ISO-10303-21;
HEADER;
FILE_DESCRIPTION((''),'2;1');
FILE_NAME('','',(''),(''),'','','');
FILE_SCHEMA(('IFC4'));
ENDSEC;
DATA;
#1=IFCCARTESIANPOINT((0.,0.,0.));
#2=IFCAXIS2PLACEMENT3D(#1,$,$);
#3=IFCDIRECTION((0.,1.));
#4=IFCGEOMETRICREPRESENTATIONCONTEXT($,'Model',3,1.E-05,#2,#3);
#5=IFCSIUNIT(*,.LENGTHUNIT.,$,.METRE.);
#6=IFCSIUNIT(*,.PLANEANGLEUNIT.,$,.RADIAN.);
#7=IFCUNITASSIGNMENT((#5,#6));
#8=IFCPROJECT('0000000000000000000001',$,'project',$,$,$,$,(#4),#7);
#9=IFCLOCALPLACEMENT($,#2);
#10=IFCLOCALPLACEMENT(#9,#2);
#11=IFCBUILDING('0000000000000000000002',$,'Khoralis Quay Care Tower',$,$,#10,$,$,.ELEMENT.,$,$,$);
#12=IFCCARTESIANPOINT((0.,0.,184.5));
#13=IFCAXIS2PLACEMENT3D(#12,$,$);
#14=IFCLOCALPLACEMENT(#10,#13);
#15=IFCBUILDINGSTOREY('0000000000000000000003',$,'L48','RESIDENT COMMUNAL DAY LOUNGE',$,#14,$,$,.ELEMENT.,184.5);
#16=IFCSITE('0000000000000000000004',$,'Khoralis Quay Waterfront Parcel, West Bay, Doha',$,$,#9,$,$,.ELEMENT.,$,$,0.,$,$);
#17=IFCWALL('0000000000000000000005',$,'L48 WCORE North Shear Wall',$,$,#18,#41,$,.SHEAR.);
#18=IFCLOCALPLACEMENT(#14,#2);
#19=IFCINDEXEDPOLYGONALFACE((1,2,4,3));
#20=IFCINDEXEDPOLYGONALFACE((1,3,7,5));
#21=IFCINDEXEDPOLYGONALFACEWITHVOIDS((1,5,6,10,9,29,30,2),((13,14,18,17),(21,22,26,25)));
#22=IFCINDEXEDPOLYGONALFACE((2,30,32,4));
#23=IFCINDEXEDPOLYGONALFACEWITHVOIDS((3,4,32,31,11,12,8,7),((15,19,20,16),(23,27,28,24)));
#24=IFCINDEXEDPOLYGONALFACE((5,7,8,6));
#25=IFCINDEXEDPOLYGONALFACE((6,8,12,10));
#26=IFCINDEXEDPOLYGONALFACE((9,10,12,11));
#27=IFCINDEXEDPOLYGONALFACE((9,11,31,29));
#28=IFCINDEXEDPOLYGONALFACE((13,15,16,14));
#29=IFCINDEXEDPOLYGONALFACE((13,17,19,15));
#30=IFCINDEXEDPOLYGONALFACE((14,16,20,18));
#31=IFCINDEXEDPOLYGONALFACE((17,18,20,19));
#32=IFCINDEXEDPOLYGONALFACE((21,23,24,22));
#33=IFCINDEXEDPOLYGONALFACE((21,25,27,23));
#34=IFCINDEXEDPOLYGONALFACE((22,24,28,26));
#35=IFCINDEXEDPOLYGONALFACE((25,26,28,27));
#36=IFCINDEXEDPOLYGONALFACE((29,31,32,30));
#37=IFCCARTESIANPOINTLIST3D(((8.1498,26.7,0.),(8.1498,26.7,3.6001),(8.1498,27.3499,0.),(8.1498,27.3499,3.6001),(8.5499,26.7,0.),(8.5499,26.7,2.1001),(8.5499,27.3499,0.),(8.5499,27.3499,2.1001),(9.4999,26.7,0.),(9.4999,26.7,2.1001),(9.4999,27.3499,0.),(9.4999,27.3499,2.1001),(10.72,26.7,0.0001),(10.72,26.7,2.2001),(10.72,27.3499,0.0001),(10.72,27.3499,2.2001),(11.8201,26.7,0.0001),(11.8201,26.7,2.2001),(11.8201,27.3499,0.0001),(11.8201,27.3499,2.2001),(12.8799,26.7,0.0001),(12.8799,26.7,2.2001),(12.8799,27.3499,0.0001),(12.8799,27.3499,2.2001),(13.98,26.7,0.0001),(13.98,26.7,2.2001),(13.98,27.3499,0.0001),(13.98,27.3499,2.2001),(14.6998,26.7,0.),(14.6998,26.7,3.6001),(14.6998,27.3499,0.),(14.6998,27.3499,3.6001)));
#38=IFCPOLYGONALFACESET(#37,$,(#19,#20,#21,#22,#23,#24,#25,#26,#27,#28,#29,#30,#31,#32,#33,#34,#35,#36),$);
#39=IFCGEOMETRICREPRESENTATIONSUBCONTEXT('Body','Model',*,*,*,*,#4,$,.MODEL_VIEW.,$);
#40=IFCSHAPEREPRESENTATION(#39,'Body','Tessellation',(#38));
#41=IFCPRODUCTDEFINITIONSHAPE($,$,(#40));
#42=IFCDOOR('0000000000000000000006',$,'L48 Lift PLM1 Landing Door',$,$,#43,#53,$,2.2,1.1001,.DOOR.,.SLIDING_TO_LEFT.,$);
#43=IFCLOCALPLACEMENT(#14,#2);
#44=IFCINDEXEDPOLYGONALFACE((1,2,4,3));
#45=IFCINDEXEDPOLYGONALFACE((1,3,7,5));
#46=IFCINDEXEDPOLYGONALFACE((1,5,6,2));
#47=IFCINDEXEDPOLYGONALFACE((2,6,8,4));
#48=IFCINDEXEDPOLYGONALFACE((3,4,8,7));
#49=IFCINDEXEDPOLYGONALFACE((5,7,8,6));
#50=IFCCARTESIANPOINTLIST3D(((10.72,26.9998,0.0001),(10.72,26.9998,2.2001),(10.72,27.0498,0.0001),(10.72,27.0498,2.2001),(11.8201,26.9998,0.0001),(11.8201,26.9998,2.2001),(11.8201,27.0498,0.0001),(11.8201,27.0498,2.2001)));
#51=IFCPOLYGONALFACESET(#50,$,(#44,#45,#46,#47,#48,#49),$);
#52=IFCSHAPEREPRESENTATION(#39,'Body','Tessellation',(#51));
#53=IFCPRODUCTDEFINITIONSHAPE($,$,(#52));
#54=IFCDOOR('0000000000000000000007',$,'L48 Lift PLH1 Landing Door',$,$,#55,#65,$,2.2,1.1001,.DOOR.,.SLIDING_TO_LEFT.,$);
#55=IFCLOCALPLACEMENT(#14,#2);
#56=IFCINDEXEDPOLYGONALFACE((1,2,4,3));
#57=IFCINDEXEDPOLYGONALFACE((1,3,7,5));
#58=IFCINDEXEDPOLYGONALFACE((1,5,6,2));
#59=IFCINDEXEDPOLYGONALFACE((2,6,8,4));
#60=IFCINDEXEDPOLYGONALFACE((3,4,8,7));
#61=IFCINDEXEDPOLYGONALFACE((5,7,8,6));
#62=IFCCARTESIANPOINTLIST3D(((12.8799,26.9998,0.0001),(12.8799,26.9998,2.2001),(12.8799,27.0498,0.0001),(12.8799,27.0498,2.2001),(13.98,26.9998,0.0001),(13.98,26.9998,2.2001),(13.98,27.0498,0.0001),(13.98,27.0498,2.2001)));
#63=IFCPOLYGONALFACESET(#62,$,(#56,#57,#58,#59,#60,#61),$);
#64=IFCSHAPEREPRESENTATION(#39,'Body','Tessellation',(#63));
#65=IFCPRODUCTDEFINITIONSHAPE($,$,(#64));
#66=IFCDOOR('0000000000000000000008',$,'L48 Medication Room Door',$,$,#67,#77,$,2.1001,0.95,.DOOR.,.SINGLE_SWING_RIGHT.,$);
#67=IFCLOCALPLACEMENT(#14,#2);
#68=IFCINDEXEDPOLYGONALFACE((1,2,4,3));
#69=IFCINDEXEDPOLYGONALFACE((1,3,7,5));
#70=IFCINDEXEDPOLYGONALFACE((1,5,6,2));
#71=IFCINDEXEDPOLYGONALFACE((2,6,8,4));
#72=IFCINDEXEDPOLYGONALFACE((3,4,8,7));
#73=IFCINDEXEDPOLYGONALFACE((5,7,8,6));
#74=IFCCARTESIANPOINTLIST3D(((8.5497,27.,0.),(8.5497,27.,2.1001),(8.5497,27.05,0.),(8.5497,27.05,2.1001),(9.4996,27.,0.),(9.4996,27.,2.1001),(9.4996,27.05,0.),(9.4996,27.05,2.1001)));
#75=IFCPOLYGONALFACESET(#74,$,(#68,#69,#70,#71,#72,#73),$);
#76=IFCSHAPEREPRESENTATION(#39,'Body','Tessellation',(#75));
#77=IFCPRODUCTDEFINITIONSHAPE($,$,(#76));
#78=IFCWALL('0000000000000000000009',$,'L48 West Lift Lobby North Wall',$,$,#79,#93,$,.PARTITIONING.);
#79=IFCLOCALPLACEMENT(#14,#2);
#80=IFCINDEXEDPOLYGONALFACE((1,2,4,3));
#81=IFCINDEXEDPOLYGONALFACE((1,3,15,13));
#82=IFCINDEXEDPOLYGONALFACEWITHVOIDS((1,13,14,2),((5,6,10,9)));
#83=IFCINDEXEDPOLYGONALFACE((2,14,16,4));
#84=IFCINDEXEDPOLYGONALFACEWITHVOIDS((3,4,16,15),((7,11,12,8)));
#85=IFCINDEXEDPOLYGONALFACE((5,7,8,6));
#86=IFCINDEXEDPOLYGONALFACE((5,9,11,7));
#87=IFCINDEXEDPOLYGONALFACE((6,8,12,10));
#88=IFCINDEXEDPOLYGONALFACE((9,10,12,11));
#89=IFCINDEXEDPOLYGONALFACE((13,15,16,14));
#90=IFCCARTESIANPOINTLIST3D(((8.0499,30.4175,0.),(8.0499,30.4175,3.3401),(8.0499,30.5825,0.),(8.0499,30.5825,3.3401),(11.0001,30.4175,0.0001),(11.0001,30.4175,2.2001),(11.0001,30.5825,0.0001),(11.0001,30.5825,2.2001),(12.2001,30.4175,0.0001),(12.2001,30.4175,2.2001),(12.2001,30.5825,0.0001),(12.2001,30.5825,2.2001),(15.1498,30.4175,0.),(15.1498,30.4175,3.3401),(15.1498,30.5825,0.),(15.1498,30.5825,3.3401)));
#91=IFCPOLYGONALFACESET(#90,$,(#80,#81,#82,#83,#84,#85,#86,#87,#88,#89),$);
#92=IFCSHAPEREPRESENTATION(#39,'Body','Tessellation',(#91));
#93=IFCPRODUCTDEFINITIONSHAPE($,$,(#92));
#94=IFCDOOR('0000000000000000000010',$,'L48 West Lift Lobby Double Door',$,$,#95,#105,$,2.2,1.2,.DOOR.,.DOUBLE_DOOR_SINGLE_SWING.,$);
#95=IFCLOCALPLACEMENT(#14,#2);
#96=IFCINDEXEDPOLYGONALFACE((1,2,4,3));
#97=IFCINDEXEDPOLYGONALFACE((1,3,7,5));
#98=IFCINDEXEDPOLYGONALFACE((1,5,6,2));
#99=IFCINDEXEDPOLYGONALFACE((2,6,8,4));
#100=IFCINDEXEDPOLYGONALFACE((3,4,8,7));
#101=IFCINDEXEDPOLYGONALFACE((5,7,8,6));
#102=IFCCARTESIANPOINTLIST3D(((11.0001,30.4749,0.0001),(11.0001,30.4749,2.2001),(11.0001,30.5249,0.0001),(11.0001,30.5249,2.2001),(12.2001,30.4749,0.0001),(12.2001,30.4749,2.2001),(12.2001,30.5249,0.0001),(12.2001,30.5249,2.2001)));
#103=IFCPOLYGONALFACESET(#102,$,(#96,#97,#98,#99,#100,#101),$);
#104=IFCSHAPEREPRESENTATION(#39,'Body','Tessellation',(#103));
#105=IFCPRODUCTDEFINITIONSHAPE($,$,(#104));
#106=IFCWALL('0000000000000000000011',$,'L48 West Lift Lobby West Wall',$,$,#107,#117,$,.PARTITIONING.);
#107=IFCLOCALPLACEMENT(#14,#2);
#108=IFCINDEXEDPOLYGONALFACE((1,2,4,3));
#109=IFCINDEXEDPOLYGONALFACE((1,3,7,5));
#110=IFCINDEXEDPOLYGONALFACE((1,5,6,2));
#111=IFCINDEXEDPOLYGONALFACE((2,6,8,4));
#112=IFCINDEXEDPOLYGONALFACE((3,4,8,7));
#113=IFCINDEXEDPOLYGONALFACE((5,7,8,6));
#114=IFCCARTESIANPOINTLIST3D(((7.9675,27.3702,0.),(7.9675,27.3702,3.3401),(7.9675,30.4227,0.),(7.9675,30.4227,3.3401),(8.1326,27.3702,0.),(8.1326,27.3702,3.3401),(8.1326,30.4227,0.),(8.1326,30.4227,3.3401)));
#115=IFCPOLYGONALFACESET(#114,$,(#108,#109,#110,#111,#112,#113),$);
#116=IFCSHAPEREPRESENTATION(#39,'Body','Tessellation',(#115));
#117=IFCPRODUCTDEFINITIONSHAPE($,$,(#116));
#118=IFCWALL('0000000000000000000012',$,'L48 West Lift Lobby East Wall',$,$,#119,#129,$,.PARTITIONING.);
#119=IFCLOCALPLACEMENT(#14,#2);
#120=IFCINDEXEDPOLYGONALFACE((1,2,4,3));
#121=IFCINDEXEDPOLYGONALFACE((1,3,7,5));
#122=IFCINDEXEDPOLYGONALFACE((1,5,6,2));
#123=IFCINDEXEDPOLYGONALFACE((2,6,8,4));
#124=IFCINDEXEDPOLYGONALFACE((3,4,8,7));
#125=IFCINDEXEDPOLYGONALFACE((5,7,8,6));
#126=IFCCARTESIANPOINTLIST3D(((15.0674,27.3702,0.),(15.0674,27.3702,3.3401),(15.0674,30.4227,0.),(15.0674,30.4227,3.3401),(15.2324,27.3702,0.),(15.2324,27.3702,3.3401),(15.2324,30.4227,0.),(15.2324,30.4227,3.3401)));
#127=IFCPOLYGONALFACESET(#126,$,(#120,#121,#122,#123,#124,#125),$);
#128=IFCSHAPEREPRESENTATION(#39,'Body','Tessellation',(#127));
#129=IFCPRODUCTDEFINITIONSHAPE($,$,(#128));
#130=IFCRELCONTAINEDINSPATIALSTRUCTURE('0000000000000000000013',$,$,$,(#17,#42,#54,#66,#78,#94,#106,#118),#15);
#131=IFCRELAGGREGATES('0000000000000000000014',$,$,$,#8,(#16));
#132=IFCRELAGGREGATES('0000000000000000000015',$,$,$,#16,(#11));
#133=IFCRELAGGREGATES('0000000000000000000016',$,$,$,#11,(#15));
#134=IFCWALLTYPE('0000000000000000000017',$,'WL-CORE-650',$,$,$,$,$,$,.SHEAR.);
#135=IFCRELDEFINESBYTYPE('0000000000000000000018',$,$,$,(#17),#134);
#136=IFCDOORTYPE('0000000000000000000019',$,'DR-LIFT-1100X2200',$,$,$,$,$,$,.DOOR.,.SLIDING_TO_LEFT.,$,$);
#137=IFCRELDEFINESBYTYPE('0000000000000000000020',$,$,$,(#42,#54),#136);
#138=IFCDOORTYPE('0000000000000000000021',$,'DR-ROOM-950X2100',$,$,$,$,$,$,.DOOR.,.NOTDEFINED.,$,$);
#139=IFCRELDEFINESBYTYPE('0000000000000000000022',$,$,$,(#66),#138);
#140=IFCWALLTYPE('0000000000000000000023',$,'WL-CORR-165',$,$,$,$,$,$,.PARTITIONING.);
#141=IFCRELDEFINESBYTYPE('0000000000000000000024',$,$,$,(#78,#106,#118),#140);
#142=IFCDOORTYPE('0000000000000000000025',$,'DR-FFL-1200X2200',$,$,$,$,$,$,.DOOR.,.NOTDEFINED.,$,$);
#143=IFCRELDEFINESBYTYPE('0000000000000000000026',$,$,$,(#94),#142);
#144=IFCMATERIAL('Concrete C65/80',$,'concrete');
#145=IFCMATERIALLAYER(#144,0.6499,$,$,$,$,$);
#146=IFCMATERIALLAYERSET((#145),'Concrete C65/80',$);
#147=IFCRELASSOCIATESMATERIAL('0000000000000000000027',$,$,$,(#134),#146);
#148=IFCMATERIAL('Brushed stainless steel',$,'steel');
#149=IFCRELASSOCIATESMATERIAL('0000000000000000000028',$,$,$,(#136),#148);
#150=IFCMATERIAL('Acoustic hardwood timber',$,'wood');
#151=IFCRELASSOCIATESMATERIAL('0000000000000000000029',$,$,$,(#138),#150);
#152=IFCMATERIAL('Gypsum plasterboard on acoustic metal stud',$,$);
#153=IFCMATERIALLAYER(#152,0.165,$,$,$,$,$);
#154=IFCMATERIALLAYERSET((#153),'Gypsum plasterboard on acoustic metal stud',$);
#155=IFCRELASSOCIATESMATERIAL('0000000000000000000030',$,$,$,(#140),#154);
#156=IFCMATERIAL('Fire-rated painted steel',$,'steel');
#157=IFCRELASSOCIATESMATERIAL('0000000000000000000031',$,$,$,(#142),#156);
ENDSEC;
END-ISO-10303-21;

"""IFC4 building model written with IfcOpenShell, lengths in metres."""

from ifc_helpers import new_model, si_unit, direction, frame, frame_2d, origin, place, context, subcontext, project, spatial, rectangle, extrude, source, transform, mapped, material, layer, layer_set, type_object, element, fill, save


model = new_model("IFC4")

# Units and contexts
model_context = context("Model", 3, precision=1e-05, world=origin(), true_north=direction((0.0, 1.0)))
body_context = subcontext(model_context, "Body", "Model", "MODEL_VIEW")
ifc_project = project(units=[si_unit("LENGTHUNIT", "METRE"), si_unit("PLANEANGLEUNIT", "RADIAN")], contexts=[model_context])

# Site, building, storey
site_placement = place(None, origin())
site = spatial("IfcSite", under=ifc_project, at=site_placement, Name="Khoralis Quay Waterfront Parcel, West Bay, Doha", CompositionType="ELEMENT", RefElevation=0.0)
building_placement = place(site_placement, origin())
building = spatial("IfcBuilding", under=site, at=building_placement, Name="Khoralis Quay Care Tower", CompositionType="ELEMENT")
storey_placement = place(building_placement, frame((0.0, 0.0, 184.5)))
storey = spatial("IfcBuildingStorey", under=building, at=storey_placement, Name="L48", Description="RESIDENT COMMUNAL DAY LOUNGE", CompositionType="ELEMENT", Elevation=184.5)

# Shared definitions
ifc_material_1 = material(Name="Concrete C65/80", Category="concrete")

# Wall, openings, doors
ifc_layer_1 = layer(ifc_material_1, 0.6499)
ifc_layer_set_1 = layer_set([ifc_layer_1], Name="Concrete C65/80")
wall_type_1 = type_object("IfcWallType", Name="WL-CORE-650", PredefinedType="SHEAR", material=ifc_layer_set_1)
wall_1_placement = place(storey_placement, frame((8.1499, 27.0249, 0.0), z_axis=(0.0, 0.0, 1.0), x_axis=(1.0, 0.0, 0.0)))
wall_1 = element("IfcWall", 1, at=wall_1_placement, inside=storey, type_object=wall_type_1, Name="L48 WCORE North Shear Wall", PredefinedType="SHEAR", context=body_context, shape_type="SweptSolid", body=[
    extrude(rectangle(XDim=6.55, YDim=0.6499, at=frame_2d((3.2749, 0.0))), origin(), (0.0, 0.0, 1.0), 3.6001),
])
opening_1_placement = place(wall_1_placement, frame((0.3999, 0.0, 0.0)))
opening_1 = element("IfcOpeningElement", 2, at=opening_1_placement, cuts=wall_1, PredefinedType="OPENING", context=body_context, shape_type="SweptSolid", body=[
    extrude(rectangle(XDim=0.95, YDim=2.1001, at=frame_2d((0.4751, 1.05))), frame((0.0, 0.335, 0.0), z_axis=(0.0, -1.0, 0.0), x_axis=(1.0, 0.0, 0.0)), (0.0, 0.0, 1.0), 0.6699),
])
opening_2_placement = place(wall_1_placement, frame((2.5701, 0.0, 0.0)))
opening_2 = element("IfcOpeningElement", 3, at=opening_2_placement, cuts=wall_1, PredefinedType="OPENING", context=body_context, shape_type="SweptSolid", body=[
    extrude(rectangle(XDim=1.1001, YDim=2.2, at=frame_2d((0.55, 1.1001))), frame((0.0, 0.335, 0.0), z_axis=(0.0, -1.0, 0.0), x_axis=(1.0, 0.0, 0.0)), (0.0, 0.0, 1.0), 0.6699),
])
opening_3_placement = place(wall_1_placement, frame((4.73, 0.0, 0.0)))
opening_3 = element("IfcOpeningElement", 4, at=opening_3_placement, cuts=wall_1, PredefinedType="OPENING", context=body_context, shape_type="SweptSolid", body=[
    extrude(rectangle(XDim=1.1001, YDim=2.2, at=frame_2d((0.55, 1.1001))), frame((0.0, 0.335, 0.0), z_axis=(0.0, -1.0, 0.0), x_axis=(1.0, 0.0, 0.0)), (0.0, 0.0, 1.0), 0.6699),
])
ifc_material_2 = material(Name="Brushed stainless steel", Category="steel")
door_type_1 = type_object("IfcDoorType", Name="DR-LIFT-1100X2200", OperationType="SLIDING_TO_LEFT", PredefinedType="DOOR", material=ifc_material_2)
shared_shape_1 = source(origin(), body_context, "Body", "SweptSolid", [
    extrude(rectangle(XDim=1.1001, YDim=2.2, at=frame_2d((0.55, 1.1001))), frame((0.0, 0.0249, 0.0), z_axis=(0.0, -1.0, 0.0), x_axis=(1.0, 0.0, 0.0)), (0.0, 0.0, 1.0), 0.05),
])
door_1_placement = place(opening_2_placement, origin())
door_1 = element("IfcDoor", 5, at=door_1_placement, inside=storey, type_object=door_type_1, Name="L48 Lift PLM1 Landing Door", OperationType="SLIDING_TO_LEFT", OverallHeight=2.2, OverallWidth=1.1001, PredefinedType="DOOR", context=body_context, shape_type="MappedRepresentation", body=[
    mapped(shared_shape_1, transform((0.0, 0.0, 0.0), scale=1.0)),
])
fill(opening_2, door_1)
door_2_placement = place(opening_3_placement, origin())
door_2 = element("IfcDoor", 6, at=door_2_placement, inside=storey, type_object=door_type_1, Name="L48 Lift PLH1 Landing Door", OperationType="SLIDING_TO_LEFT", OverallHeight=2.2, OverallWidth=1.1001, PredefinedType="DOOR", context=body_context, shape_type="MappedRepresentation", body=[
    mapped(shared_shape_1, transform((0.0, 0.0, 0.0), scale=1.0)),
])
fill(opening_3, door_2)
ifc_material_3 = material(Name="Acoustic hardwood timber", Category="wood")
door_type_2 = type_object("IfcDoorType", Name="DR-ROOM-950X2100", OperationType="NOTDEFINED", PredefinedType="DOOR", material=ifc_material_3)
shared_shape_2 = source(origin(), body_context, "Body", "SweptSolid", [
    extrude(rectangle(XDim=0.95, YDim=2.1001, at=frame_2d((0.4751, 1.05))), frame((0.0, 0.0249, 0.0), z_axis=(0.0, -1.0, 0.0), x_axis=(1.0, 0.0, 0.0)), (0.0, 0.0, 1.0), 0.05),
])
door_3_placement = place(opening_1_placement, frame((0.95, 0.0, 0.0), z_axis=(0.0, 0.0, 1.0), x_axis=(-1.0, 0.0, 0.0)))
door_3 = element("IfcDoor", 7, at=door_3_placement, inside=storey, type_object=door_type_2, Name="L48 Medication Room Door", OperationType="SINGLE_SWING_RIGHT", OverallHeight=2.1001, OverallWidth=0.95, PredefinedType="DOOR", context=body_context, shape_type="MappedRepresentation", body=[
    mapped(shared_shape_2, transform((0.0, 0.0, 0.0), scale=1.0)),
])
fill(opening_1, door_3)

# Wall, opening, door
ifc_material_4 = material(Name="Gypsum plasterboard on acoustic metal stud")
ifc_layer_2 = layer(ifc_material_4, 0.165)
ifc_layer_set_2 = layer_set([ifc_layer_2], Name="Gypsum plasterboard on acoustic metal stud")
wall_type_2 = type_object("IfcWallType", Name="WL-CORR-165", PredefinedType="PARTITIONING", material=ifc_layer_set_2)
wall_2_placement = place(storey_placement, frame((8.05, 30.5, 0.0), z_axis=(0.0, 0.0, 1.0), x_axis=(1.0, 0.0, 0.0)))
wall_2 = element("IfcWall", 8, at=wall_2_placement, inside=storey, type_object=wall_type_2, Name="L48 West Lift Lobby North Wall", PredefinedType="PARTITIONING", context=body_context, shape_type="SweptSolid", body=[
    extrude(rectangle(XDim=7.0999, YDim=0.165, at=frame_2d((3.5498, 0.0))), origin(), (0.0, 0.0, 1.0), 3.3401),
])
opening_4_placement = place(wall_2_placement, frame((2.95, 0.0, 0.0)))
opening_4 = element("IfcOpeningElement", 9, at=opening_4_placement, cuts=wall_2, PredefinedType="OPENING", context=body_context, shape_type="SweptSolid", body=[
    extrude(rectangle(XDim=1.2, YDim=2.2, at=frame_2d((0.6001, 1.1001))), frame((0.0, 0.0925, 0.0), z_axis=(0.0, -1.0, 0.0), x_axis=(1.0, 0.0, 0.0)), (0.0, 0.0, 1.0), 0.1851),
])
ifc_material_5 = material(Name="Fire-rated painted steel", Category="steel")
door_type_3 = type_object("IfcDoorType", Name="DR-FFL-1200X2200", OperationType="NOTDEFINED", PredefinedType="DOOR", material=ifc_material_5)
shared_shape_3 = source(origin(), body_context, "Body", "SweptSolid", [
    extrude(rectangle(XDim=1.2, YDim=2.2, at=frame_2d((0.6001, 1.1001))), frame((0.0, 0.0249, 0.0), z_axis=(0.0, -1.0, 0.0), x_axis=(1.0, 0.0, 0.0)), (0.0, 0.0, 1.0), 0.05),
])
door_4_placement = place(opening_4_placement, origin())
door_4 = element("IfcDoor", 10, at=door_4_placement, inside=storey, type_object=door_type_3, Name="L48 West Lift Lobby Double Door", OperationType="DOUBLE_DOOR_SINGLE_SWING", OverallHeight=2.2, OverallWidth=1.2, PredefinedType="DOOR", context=body_context, shape_type="MappedRepresentation", body=[
    mapped(shared_shape_3, transform((0.0, 0.0, 0.0), scale=1.0)),
])
fill(opening_4, door_4)

# Walls
for number, where, z_axis, x_axis, name in (
    (11, (8.05, 27.3701, 0.0), (0.0, 0.0, 1.0), (0.0, 1.0, 0.0), "L48 West Lift Lobby West Wall"),
    (12, (15.1499, 27.3701, 0.0), (0.0, 0.0, 1.0), (0.0, 1.0, 0.0), "L48 West Lift Lobby East Wall"),
):
    element("IfcWall", number, at=place(storey_placement, frame(where, z_axis=z_axis, x_axis=x_axis)), inside=storey, type_object=wall_type_2, Name=name, PredefinedType="PARTITIONING", context=body_context, shape_type="SweptSolid", body=[
        extrude(rectangle(XDim=3.0525, YDim=0.165, at=frame_2d((1.5264, 0.0))), origin(), (0.0, 0.0, 1.0), 3.3401),
    ])

save(model, "model.ifc")
